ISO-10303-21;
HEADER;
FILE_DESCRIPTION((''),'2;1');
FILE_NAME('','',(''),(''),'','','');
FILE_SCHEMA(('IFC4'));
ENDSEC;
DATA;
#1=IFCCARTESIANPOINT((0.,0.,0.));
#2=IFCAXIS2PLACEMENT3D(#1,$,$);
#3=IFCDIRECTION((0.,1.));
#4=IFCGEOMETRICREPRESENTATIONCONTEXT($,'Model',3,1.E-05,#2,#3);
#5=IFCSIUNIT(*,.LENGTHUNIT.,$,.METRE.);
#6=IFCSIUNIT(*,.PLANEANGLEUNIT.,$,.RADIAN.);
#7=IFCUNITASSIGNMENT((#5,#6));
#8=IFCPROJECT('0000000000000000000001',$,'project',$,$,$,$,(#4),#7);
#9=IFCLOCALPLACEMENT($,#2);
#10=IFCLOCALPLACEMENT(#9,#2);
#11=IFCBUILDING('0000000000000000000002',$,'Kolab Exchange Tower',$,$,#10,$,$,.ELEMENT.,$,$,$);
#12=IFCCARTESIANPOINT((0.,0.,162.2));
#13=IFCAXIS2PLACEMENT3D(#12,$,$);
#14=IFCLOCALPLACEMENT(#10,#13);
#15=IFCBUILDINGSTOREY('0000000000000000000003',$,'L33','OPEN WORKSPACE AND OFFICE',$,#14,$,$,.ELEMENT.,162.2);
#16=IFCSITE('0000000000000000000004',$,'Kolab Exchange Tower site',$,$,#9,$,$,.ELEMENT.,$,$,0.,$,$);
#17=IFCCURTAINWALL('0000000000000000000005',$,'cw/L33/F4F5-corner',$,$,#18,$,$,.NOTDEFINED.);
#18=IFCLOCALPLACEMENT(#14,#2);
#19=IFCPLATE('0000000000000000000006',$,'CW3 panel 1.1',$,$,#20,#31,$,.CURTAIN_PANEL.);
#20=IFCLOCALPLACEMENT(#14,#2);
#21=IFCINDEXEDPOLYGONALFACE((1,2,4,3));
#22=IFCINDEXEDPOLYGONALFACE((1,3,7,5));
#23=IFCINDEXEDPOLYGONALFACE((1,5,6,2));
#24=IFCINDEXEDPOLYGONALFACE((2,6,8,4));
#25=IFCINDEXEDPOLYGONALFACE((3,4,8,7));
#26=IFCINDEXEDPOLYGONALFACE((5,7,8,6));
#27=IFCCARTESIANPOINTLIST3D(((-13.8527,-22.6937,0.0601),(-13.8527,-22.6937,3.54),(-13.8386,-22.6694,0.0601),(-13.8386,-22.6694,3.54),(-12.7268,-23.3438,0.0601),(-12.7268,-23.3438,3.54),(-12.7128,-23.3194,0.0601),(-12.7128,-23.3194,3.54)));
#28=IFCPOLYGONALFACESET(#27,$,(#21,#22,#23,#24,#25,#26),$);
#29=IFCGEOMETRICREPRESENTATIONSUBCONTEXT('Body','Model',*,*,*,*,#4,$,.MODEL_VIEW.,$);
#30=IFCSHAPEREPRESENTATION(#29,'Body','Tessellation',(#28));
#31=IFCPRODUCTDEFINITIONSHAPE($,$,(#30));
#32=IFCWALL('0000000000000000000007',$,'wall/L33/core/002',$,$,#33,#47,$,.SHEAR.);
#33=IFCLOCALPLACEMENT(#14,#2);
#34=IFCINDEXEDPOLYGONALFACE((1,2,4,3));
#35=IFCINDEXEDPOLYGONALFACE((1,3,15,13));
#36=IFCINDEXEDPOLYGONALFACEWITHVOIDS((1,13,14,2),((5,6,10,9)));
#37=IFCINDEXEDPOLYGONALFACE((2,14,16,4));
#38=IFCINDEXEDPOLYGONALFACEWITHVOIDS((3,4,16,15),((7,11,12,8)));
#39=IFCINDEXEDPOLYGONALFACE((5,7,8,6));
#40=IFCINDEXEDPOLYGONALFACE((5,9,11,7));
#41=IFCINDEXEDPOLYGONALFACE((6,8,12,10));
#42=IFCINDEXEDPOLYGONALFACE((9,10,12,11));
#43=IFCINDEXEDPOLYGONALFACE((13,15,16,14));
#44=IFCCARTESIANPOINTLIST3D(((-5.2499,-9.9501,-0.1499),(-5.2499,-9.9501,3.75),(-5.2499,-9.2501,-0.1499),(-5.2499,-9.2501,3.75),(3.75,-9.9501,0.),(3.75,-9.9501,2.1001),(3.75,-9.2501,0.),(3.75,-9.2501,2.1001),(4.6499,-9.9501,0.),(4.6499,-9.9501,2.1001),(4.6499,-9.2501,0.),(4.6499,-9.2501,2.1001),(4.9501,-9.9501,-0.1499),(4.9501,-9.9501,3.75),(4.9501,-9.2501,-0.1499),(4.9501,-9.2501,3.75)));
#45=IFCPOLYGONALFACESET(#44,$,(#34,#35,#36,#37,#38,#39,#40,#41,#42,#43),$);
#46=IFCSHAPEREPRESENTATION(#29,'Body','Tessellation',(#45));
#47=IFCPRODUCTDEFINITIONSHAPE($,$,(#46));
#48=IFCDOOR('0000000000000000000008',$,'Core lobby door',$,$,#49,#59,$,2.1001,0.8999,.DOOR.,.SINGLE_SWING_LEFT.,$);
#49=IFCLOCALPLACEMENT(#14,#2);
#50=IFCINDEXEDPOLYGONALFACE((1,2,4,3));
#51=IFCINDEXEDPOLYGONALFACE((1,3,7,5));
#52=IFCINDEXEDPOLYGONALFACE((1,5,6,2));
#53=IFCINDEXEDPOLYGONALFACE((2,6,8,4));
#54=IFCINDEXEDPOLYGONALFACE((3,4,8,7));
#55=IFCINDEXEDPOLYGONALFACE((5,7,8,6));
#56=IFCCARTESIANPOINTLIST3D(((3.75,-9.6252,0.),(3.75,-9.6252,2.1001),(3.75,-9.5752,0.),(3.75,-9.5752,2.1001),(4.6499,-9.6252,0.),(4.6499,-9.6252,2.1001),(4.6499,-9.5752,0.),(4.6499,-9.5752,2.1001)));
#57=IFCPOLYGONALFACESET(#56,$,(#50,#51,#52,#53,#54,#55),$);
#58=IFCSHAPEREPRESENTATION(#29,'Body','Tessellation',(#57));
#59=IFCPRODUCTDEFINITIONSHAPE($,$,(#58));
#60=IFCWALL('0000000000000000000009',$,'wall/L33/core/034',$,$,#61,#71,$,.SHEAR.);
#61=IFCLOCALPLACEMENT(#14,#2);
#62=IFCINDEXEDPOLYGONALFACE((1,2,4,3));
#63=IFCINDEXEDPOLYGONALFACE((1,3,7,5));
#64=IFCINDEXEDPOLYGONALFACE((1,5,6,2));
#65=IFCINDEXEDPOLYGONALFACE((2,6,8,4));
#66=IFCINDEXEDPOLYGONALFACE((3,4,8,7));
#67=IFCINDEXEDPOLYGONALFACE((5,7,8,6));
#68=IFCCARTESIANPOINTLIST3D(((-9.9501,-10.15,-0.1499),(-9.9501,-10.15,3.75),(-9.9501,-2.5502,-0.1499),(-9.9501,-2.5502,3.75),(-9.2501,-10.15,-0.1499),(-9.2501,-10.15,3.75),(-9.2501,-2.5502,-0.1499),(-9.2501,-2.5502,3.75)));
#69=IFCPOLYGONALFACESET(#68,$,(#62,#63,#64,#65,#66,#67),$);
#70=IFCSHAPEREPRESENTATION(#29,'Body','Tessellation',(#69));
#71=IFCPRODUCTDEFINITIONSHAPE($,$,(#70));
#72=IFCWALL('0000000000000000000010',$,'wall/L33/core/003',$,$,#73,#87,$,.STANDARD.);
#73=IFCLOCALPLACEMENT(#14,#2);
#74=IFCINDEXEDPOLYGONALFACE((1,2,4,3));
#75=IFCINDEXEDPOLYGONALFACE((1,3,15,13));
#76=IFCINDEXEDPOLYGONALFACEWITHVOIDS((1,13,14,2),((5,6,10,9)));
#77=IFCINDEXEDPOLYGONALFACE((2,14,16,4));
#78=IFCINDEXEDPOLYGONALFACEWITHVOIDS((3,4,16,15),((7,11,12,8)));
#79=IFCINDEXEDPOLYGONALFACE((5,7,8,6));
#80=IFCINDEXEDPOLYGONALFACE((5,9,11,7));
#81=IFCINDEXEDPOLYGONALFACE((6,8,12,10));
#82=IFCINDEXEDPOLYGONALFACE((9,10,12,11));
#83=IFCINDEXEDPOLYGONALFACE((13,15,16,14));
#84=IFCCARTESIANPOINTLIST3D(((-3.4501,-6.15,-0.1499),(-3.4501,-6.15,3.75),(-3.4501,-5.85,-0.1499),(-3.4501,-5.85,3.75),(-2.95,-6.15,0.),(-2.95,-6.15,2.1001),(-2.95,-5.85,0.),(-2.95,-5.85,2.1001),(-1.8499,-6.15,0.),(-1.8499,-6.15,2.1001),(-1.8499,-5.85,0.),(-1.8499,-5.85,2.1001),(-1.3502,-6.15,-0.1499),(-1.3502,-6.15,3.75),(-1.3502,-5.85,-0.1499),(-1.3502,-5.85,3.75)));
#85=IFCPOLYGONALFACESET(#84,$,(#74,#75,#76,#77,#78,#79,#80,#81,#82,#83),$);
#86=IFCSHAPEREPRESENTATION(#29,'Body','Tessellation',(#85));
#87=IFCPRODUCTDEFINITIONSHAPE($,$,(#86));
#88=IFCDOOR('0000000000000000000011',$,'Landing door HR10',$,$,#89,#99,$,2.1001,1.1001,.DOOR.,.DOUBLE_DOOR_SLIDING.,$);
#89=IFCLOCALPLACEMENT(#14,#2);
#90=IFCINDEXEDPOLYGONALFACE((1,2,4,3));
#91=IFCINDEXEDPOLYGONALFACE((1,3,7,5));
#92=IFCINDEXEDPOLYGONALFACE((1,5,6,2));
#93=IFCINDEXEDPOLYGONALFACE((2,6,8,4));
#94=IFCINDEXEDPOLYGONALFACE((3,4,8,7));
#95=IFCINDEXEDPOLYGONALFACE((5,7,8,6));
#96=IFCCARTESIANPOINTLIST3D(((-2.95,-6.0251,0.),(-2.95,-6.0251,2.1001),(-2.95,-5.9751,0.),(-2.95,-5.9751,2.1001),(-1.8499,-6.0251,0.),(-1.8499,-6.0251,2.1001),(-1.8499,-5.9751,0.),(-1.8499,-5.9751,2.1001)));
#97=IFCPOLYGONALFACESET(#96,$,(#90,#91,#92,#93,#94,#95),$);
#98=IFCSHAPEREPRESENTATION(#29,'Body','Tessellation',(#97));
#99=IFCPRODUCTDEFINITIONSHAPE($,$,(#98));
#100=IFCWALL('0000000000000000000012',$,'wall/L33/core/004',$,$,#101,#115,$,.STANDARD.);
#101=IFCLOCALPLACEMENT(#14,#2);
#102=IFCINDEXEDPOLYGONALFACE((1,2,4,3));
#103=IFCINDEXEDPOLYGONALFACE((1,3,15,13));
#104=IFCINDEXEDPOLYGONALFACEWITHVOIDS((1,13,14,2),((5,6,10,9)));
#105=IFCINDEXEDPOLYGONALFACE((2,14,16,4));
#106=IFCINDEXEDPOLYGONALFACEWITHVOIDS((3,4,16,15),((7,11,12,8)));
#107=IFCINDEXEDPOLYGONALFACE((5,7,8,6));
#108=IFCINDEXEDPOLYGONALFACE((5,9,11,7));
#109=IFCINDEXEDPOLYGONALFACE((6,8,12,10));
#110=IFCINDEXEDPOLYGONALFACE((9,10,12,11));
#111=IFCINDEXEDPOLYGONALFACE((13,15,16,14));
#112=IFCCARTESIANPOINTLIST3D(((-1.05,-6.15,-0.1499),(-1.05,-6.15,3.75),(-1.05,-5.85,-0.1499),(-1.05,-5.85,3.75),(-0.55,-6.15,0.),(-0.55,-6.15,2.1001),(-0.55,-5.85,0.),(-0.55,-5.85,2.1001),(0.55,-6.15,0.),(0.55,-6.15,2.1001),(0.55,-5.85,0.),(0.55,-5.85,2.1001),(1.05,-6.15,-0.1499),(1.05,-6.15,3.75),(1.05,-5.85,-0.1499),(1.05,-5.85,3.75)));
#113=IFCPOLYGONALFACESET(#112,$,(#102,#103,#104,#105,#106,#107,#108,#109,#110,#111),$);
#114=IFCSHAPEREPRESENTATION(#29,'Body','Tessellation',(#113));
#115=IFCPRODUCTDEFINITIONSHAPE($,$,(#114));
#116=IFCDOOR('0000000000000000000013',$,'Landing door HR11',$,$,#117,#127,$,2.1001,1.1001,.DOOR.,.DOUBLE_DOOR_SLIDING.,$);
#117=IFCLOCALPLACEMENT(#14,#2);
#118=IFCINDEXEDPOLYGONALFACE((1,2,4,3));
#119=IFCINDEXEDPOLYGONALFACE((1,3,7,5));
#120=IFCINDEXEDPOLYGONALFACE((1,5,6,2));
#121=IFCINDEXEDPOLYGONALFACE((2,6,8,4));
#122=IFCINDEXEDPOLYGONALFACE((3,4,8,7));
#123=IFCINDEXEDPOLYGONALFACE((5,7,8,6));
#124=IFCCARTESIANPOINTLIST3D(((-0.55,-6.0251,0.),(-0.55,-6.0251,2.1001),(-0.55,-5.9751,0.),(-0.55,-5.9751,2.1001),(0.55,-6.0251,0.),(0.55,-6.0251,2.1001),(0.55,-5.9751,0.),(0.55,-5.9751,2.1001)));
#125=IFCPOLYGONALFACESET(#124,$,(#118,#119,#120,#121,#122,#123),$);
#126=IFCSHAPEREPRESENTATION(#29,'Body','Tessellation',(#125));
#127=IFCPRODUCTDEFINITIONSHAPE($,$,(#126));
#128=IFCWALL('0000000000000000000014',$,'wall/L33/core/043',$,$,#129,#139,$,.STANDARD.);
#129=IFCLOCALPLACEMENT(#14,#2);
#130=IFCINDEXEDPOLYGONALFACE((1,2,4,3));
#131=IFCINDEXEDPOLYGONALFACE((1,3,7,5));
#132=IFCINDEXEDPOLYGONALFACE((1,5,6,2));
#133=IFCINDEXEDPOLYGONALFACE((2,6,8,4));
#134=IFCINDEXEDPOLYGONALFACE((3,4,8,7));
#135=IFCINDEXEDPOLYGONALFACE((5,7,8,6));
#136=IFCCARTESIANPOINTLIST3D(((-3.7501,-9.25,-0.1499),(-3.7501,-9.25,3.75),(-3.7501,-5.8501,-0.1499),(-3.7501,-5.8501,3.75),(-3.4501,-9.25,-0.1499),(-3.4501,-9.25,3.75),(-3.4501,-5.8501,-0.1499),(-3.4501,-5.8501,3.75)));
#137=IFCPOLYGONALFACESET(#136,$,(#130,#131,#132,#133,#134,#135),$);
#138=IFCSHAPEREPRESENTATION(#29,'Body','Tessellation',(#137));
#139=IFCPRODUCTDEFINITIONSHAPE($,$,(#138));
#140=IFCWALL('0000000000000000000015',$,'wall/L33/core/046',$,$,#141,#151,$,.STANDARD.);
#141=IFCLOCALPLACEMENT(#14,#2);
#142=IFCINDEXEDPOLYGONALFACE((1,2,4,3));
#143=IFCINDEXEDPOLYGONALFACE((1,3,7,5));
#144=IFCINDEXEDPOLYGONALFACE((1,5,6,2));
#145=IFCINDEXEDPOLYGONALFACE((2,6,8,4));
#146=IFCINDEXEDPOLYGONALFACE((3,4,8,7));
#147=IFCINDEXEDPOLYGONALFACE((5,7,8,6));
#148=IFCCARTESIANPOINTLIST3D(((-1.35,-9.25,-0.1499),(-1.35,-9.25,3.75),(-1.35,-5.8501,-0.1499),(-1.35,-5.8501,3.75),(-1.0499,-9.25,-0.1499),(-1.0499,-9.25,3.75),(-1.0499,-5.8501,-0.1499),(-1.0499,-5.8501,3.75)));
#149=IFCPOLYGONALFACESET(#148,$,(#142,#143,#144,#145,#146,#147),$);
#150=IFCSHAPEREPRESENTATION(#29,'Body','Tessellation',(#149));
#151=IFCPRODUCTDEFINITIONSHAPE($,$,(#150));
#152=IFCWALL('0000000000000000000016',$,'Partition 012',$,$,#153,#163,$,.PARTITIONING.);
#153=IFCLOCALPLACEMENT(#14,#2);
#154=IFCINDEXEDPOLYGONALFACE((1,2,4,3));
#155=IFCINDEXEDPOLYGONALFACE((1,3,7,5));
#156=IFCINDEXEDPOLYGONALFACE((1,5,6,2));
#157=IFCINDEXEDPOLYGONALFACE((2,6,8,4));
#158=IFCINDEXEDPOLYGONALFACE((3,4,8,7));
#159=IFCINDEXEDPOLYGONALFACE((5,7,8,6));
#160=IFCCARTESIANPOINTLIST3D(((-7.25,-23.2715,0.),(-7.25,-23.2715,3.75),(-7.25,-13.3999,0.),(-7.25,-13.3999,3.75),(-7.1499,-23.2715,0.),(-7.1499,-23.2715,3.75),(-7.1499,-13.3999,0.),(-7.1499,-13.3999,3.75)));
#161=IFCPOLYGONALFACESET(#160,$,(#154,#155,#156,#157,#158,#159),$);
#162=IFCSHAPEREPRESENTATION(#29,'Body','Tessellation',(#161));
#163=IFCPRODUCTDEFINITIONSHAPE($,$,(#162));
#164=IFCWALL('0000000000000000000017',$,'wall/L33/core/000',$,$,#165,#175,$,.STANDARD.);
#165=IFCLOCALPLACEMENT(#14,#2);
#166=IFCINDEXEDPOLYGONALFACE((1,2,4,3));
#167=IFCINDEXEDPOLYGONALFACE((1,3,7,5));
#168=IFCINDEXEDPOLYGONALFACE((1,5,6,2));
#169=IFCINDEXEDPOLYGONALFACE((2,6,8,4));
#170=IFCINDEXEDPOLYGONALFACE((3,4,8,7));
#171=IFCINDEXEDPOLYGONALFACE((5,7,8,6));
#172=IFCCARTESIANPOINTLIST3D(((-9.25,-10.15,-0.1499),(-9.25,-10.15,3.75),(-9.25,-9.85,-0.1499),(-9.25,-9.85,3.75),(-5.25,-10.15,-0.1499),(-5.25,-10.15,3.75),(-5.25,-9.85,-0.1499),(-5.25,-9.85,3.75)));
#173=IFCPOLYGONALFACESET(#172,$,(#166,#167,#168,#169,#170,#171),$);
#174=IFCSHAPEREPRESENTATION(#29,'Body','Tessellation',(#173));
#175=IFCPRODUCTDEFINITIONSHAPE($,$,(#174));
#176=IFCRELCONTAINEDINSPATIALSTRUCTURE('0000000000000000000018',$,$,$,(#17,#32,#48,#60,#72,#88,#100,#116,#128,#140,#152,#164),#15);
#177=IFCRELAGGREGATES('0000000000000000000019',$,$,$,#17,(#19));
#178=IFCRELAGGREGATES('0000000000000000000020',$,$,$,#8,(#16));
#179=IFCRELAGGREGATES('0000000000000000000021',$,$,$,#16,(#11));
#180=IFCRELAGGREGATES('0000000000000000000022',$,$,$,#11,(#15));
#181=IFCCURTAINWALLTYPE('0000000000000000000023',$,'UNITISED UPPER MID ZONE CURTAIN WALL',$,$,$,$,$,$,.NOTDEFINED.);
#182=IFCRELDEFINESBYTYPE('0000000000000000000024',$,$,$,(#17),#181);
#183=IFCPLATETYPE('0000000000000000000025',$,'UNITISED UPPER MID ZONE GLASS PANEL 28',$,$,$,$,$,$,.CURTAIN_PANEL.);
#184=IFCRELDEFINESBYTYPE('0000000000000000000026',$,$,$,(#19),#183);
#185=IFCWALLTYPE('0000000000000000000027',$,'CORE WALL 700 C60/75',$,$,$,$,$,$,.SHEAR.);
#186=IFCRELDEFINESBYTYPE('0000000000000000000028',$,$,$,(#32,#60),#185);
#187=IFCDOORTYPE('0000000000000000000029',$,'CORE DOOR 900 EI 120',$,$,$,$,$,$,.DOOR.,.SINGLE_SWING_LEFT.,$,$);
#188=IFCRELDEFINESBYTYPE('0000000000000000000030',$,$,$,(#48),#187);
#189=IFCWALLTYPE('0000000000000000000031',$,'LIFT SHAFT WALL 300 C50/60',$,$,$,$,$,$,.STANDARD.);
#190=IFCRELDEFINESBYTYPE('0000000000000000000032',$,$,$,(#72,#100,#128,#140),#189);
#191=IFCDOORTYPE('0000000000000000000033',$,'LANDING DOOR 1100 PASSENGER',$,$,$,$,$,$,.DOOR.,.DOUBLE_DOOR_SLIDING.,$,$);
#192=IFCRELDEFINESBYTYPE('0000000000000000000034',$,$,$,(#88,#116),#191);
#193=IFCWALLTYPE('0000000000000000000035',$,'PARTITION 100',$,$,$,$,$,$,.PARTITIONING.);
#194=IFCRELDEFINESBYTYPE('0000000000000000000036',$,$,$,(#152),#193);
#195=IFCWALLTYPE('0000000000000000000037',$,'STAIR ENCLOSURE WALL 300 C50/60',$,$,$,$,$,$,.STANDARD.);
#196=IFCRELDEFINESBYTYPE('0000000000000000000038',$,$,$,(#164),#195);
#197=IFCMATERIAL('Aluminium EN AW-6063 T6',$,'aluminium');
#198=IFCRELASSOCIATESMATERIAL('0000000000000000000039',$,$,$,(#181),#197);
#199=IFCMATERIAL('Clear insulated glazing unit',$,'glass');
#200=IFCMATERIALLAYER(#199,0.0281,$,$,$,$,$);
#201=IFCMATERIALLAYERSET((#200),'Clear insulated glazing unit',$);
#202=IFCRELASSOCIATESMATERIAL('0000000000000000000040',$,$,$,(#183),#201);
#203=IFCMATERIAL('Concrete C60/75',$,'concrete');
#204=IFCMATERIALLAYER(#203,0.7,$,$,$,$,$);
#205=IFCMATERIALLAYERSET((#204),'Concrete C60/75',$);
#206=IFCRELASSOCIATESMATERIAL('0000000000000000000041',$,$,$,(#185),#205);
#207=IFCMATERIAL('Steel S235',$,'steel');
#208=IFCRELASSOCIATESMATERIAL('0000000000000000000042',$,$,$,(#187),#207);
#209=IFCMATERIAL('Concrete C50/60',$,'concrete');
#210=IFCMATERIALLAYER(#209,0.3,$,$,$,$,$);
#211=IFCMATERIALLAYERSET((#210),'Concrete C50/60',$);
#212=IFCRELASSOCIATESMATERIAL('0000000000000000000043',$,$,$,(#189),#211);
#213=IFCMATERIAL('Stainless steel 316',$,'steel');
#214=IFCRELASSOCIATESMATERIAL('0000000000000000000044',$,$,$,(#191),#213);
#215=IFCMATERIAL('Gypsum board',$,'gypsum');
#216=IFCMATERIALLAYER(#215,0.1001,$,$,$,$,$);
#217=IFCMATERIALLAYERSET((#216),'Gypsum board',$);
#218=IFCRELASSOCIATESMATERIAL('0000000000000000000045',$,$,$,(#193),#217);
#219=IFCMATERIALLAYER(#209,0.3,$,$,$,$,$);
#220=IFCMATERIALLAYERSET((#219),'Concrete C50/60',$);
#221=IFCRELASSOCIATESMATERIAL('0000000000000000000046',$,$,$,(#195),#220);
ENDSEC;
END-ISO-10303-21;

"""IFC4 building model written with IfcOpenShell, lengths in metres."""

from ifc_helpers import new_model, si_unit, direction, frame, frame_2d, origin, origin_2d, place, context, subcontext, project, spatial, rectangle, extrude, material, layer, layer_set, type_object, element, fill, aggregate, save


model = new_model("IFC4")

# Units and contexts
model_context = context("Model", 3, precision=1e-05, world=origin(), true_north=direction((0.0, 1.0)))
body_context = subcontext(model_context, "Body", "Model", "MODEL_VIEW")
ifc_project = project(units=[si_unit("LENGTHUNIT", "METRE"), si_unit("PLANEANGLEUNIT", "RADIAN")], contexts=[model_context])

# Site, building, storey
site_placement = place(None, origin())
site = spatial("IfcSite", under=ifc_project, at=site_placement, Name="Kolab Exchange Tower site", CompositionType="ELEMENT", RefElevation=0.0)
building_placement = place(site_placement, origin())
building = spatial("IfcBuilding", under=site, at=building_placement, Name="Kolab Exchange Tower", CompositionType="ELEMENT")
storey_placement = place(building_placement, frame((0.0, 0.0, 162.2)))
storey = spatial("IfcBuildingStorey", under=building, at=storey_placement, Name="L33", Description="OPEN WORKSPACE AND OFFICE", CompositionType="ELEMENT", Elevation=162.2)

# Curtain wall, plate
ifc_material_1 = material(Name="Aluminium EN AW-6063 T6", Category="aluminium")
curtain_wall_type = type_object("IfcCurtainWallType", Name="UNITISED UPPER MID ZONE CURTAIN WALL", PredefinedType="NOTDEFINED", material=ifc_material_1)
curtain_wall_placement = place(storey_placement, origin())
curtain_wall = element("IfcCurtainWall", 1, at=curtain_wall_placement, inside=storey, type_object=curtain_wall_type, Name="cw/L33/F4F5-corner", PredefinedType="NOTDEFINED")
ifc_material_2 = material(Name="Clear insulated glazing unit", Category="glass")
ifc_layer_1 = layer(ifc_material_2, 0.0281)
ifc_layer_set_1 = layer_set([ifc_layer_1], Name="Clear insulated glazing unit")
plate_type = type_object("IfcPlateType", Name="UNITISED UPPER MID ZONE GLASS PANEL 28", PredefinedType="CURTAIN_PANEL", material=ifc_layer_set_1)
plate_placement = place(storey_placement, frame((-13.2827, -23.0066, 0.0601), z_axis=(0.0, 0.0, 1.0), x_axis=(-0.866025, 0.5, 0.0)))
plate = element("IfcPlate", 2, at=plate_placement, type_object=plate_type, Name="CW3 panel 1.1", PredefinedType="CURTAIN_PANEL", context=body_context, shape_type="SweptSolid", body=[
    extrude(rectangle(XDim=1.3, YDim=0.0281, at=origin_2d()), origin(), (0.0, 0.0, 1.0), 3.48),
])
aggregate(curtain_wall, [plate])

# Wall, opening, door
ifc_material_3 = material(Name="Concrete C60/75", Category="concrete")
ifc_layer_2 = layer(ifc_material_3, 0.7)
ifc_layer_set_2 = layer_set([ifc_layer_2], Name="Concrete C60/75")
wall_type_1 = type_object("IfcWallType", Name="CORE WALL 700 C60/75", PredefinedType="SHEAR", material=ifc_layer_set_2)
wall_1_placement = place(storey_placement, frame((-5.25, -9.6001, -0.1499), z_axis=(0.0, 0.0, 1.0), x_axis=(1.0, 0.0, 0.0)))
wall_1 = element("IfcWall", 3, at=wall_1_placement, inside=storey, type_object=wall_type_1, Name="wall/L33/core/002", PredefinedType="SHEAR", context=body_context, shape_type="SweptSolid", body=[
    extrude(rectangle(XDim=10.2, YDim=0.7, at=frame_2d((5.1001, 0.0))), origin(), (0.0, 0.0, 1.0), 3.8999),
])
opening_1_placement = place(wall_1_placement, frame((9.0, 0.0, 0.1499)))
opening_1 = element("IfcOpeningElement", 4, at=opening_1_placement, cuts=wall_1, PredefinedType="OPENING", context=body_context, shape_type="SweptSolid", body=[
    extrude(rectangle(XDim=0.8999, YDim=2.1001, at=frame_2d((0.45, 1.05))), frame((0.0, 0.3599, 0.0), z_axis=(0.0, -1.0, 0.0), x_axis=(1.0, 0.0, 0.0)), (0.0, 0.0, 1.0), 0.72),
])
ifc_material_4 = material(Name="Steel S235", Category="steel")
door_type_1 = type_object("IfcDoorType", Name="CORE DOOR 900 EI 120", OperationType="SINGLE_SWING_LEFT", PredefinedType="DOOR", material=ifc_material_4)
door_1_placement = place(opening_1_placement, origin())
door_1 = element("IfcDoor", 5, at=door_1_placement, inside=storey, type_object=door_type_1, Name="Core lobby door", OperationType="SINGLE_SWING_LEFT", OverallHeight=2.1001, OverallWidth=0.8999, PredefinedType="DOOR", context=body_context, shape_type="SweptSolid", body=[
    extrude(rectangle(XDim=0.8999, YDim=2.1001, at=frame_2d((0.45, 1.05))), frame((0.0, 0.0249, 0.0), z_axis=(0.0, -1.0, 0.0), x_axis=(1.0, 0.0, 0.0)), (0.0, 0.0, 1.0), 0.05),
])
fill(opening_1, door_1)

# Wall
wall_2_placement = place(storey_placement, frame((-9.6001, -10.1499, -0.1499), z_axis=(0.0, 0.0, 1.0), x_axis=(0.0, 1.0, 0.0)))
element("IfcWall", 6, at=wall_2_placement, inside=storey, type_object=wall_type_1, Name="wall/L33/core/034", PredefinedType="SHEAR", context=body_context, shape_type="SweptSolid", body=[
    extrude(rectangle(XDim=7.5999, YDim=0.7, at=frame_2d((3.7998, 0.0))), origin(), (0.0, 0.0, 1.0), 3.8999),
])

# Walls, openings, doors
ifc_material_5 = material(Name="Concrete C50/60", Category="concrete")
ifc_layer_3 = layer(ifc_material_5, 0.3)
ifc_layer_set_3 = layer_set([ifc_layer_3], Name="Concrete C50/60")
wall_type_2 = type_object("IfcWallType", Name="LIFT SHAFT WALL 300 C50/60", PredefinedType="STANDARD", material=ifc_layer_set_3)
wall_3_placement = place(storey_placement, frame((-3.45, -6.0, -0.1499), z_axis=(0.0, 0.0, 1.0), x_axis=(1.0, 0.0, 0.0)))
wall_3 = element("IfcWall", 7, at=wall_3_placement, inside=storey, type_object=wall_type_2, Name="wall/L33/core/003", PredefinedType="STANDARD", context=body_context, shape_type="SweptSolid", body=[
    extrude(rectangle(XDim=2.0999, YDim=0.3, at=frame_2d((1.0498, 0.0))), origin(), (0.0, 0.0, 1.0), 3.8999),
])
opening_2_placement = place(wall_3_placement, frame((0.5, 0.0, 0.1499)))
opening_2 = element("IfcOpeningElement", 8, at=opening_2_placement, cuts=wall_3, PredefinedType="OPENING", context=body_context, shape_type="SweptSolid", body=[
    extrude(rectangle(XDim=1.1001, YDim=2.1001, at=frame_2d((0.55, 1.05))), frame((0.0, 0.1602, 0.0), z_axis=(0.0, -1.0, 0.0), x_axis=(1.0, 0.0, 0.0)), (0.0, 0.0, 1.0), 0.3201),
])
ifc_material_6 = material(Name="Stainless steel 316", Category="steel")
door_type_2 = type_object("IfcDoorType", Name="LANDING DOOR 1100 PASSENGER", OperationType="DOUBLE_DOOR_SLIDING", PredefinedType="DOOR", material=ifc_material_6)
door_2_placement = place(opening_2_placement, origin())
door_2 = element("IfcDoor", 9, at=door_2_placement, inside=storey, type_object=door_type_2, Name="Landing door HR10", OperationType="DOUBLE_DOOR_SLIDING", OverallHeight=2.1001, OverallWidth=1.1001, PredefinedType="DOOR", context=body_context, shape_type="SweptSolid", body=[
    extrude(rectangle(XDim=1.1001, YDim=2.1001, at=frame_2d((0.55, 1.05))), frame((0.0, 0.0249, 0.0), z_axis=(0.0, -1.0, 0.0), x_axis=(1.0, 0.0, 0.0)), (0.0, 0.0, 1.0), 0.05),
])
fill(opening_2, door_2)
wall_4_placement = place(storey_placement, frame((-1.05, -6.0, -0.1499), z_axis=(0.0, 0.0, 1.0), x_axis=(1.0, 0.0, 0.0)))
wall_4 = element("IfcWall", 10, at=wall_4_placement, inside=storey, type_object=wall_type_2, Name="wall/L33/core/004", PredefinedType="STANDARD", context=body_context, shape_type="SweptSolid", body=[
    extrude(rectangle(XDim=2.1001, YDim=0.3, at=frame_2d((1.05, 0.0))), origin(), (0.0, 0.0, 1.0), 3.8999),
])
opening_3_placement = place(wall_4_placement, frame((0.5, 0.0, 0.1499)))
opening_3 = element("IfcOpeningElement", 11, at=opening_3_placement, cuts=wall_4, PredefinedType="OPENING", context=body_context, shape_type="SweptSolid", body=[
    extrude(rectangle(XDim=1.1001, YDim=2.1001, at=frame_2d((0.55, 1.05))), frame((0.0, 0.1602, 0.0), z_axis=(0.0, -1.0, 0.0), x_axis=(1.0, 0.0, 0.0)), (0.0, 0.0, 1.0), 0.3201),
])
door_3_placement = place(opening_3_placement, origin())
door_3 = element("IfcDoor", 12, at=door_3_placement, inside=storey, type_object=door_type_2, Name="Landing door HR11", OperationType="DOUBLE_DOOR_SLIDING", OverallHeight=2.1001, OverallWidth=1.1001, PredefinedType="DOOR", context=body_context, shape_type="SweptSolid", body=[
    extrude(rectangle(XDim=1.1001, YDim=2.1001, at=frame_2d((0.55, 1.05))), frame((0.0, 0.0249, 0.0), z_axis=(0.0, -1.0, 0.0), x_axis=(1.0, 0.0, 0.0)), (0.0, 0.0, 1.0), 0.05),
])
fill(opening_3, door_3)

# Walls
for number, where, z_axis, x_axis, name in (
    (13, (-3.6001, -9.25, -0.1499), (0.0, 0.0, 1.0), (0.0, 1.0, 0.0), "wall/L33/core/043"),
    (14, (-1.2, -9.25, -0.1499), (0.0, 0.0, 1.0), (0.0, 1.0, 0.0), "wall/L33/core/046"),
):
    element("IfcWall", number, at=place(storey_placement, frame(where, z_axis=z_axis, x_axis=x_axis)), inside=storey, type_object=wall_type_2, Name=name, PredefinedType="STANDARD", context=body_context, shape_type="SweptSolid", body=[
        extrude(rectangle(XDim=3.3999, YDim=0.3, at=frame_2d((1.7, 0.0))), origin(), (0.0, 0.0, 1.0), 3.8999),
    ])
ifc_material_7 = material(Name="Gypsum board", Category="gypsum")
ifc_layer_4 = layer(ifc_material_7, 0.1001)
ifc_layer_set_4 = layer_set([ifc_layer_4], Name="Gypsum board")
wall_type_3 = type_object("IfcWallType", Name="PARTITION 100", PredefinedType="PARTITIONING", material=ifc_layer_set_4)
wall_5_placement = place(storey_placement, frame((-7.2, -23.2715, 0.0), z_axis=(0.0, 0.0, 1.0), x_axis=(0.0, 1.0, 0.0)))
element("IfcWall", 15, at=wall_5_placement, inside=storey, type_object=wall_type_3, Name="Partition 012", PredefinedType="PARTITIONING", context=body_context, shape_type="SweptSolid", body=[
    extrude(rectangle(XDim=9.8716, YDim=0.1001, at=frame_2d((4.9358, 0.0))), origin(), (0.0, 0.0, 1.0), 3.75),
])
ifc_layer_5 = layer(ifc_material_5, 0.3)
ifc_layer_set_5 = layer_set([ifc_layer_5], Name="Concrete C50/60")
wall_type_4 = type_object("IfcWallType", Name="STAIR ENCLOSURE WALL 300 C50/60", PredefinedType="STANDARD", material=ifc_layer_set_5)
wall_6_placement = place(storey_placement, frame((-9.25, -10.0, -0.1499), z_axis=(0.0, 0.0, 1.0), x_axis=(1.0, 0.0, 0.0)))
element("IfcWall", 16, at=wall_6_placement, inside=storey, type_object=wall_type_4, Name="wall/L33/core/000", PredefinedType="STANDARD", context=body_context, shape_type="SweptSolid", body=[
    extrude(rectangle(XDim=4.0, YDim=0.3, at=frame_2d((2.0, 0.0))), origin(), (0.0, 0.0, 1.0), 3.8999),
])

save(model, "model.ifc")
